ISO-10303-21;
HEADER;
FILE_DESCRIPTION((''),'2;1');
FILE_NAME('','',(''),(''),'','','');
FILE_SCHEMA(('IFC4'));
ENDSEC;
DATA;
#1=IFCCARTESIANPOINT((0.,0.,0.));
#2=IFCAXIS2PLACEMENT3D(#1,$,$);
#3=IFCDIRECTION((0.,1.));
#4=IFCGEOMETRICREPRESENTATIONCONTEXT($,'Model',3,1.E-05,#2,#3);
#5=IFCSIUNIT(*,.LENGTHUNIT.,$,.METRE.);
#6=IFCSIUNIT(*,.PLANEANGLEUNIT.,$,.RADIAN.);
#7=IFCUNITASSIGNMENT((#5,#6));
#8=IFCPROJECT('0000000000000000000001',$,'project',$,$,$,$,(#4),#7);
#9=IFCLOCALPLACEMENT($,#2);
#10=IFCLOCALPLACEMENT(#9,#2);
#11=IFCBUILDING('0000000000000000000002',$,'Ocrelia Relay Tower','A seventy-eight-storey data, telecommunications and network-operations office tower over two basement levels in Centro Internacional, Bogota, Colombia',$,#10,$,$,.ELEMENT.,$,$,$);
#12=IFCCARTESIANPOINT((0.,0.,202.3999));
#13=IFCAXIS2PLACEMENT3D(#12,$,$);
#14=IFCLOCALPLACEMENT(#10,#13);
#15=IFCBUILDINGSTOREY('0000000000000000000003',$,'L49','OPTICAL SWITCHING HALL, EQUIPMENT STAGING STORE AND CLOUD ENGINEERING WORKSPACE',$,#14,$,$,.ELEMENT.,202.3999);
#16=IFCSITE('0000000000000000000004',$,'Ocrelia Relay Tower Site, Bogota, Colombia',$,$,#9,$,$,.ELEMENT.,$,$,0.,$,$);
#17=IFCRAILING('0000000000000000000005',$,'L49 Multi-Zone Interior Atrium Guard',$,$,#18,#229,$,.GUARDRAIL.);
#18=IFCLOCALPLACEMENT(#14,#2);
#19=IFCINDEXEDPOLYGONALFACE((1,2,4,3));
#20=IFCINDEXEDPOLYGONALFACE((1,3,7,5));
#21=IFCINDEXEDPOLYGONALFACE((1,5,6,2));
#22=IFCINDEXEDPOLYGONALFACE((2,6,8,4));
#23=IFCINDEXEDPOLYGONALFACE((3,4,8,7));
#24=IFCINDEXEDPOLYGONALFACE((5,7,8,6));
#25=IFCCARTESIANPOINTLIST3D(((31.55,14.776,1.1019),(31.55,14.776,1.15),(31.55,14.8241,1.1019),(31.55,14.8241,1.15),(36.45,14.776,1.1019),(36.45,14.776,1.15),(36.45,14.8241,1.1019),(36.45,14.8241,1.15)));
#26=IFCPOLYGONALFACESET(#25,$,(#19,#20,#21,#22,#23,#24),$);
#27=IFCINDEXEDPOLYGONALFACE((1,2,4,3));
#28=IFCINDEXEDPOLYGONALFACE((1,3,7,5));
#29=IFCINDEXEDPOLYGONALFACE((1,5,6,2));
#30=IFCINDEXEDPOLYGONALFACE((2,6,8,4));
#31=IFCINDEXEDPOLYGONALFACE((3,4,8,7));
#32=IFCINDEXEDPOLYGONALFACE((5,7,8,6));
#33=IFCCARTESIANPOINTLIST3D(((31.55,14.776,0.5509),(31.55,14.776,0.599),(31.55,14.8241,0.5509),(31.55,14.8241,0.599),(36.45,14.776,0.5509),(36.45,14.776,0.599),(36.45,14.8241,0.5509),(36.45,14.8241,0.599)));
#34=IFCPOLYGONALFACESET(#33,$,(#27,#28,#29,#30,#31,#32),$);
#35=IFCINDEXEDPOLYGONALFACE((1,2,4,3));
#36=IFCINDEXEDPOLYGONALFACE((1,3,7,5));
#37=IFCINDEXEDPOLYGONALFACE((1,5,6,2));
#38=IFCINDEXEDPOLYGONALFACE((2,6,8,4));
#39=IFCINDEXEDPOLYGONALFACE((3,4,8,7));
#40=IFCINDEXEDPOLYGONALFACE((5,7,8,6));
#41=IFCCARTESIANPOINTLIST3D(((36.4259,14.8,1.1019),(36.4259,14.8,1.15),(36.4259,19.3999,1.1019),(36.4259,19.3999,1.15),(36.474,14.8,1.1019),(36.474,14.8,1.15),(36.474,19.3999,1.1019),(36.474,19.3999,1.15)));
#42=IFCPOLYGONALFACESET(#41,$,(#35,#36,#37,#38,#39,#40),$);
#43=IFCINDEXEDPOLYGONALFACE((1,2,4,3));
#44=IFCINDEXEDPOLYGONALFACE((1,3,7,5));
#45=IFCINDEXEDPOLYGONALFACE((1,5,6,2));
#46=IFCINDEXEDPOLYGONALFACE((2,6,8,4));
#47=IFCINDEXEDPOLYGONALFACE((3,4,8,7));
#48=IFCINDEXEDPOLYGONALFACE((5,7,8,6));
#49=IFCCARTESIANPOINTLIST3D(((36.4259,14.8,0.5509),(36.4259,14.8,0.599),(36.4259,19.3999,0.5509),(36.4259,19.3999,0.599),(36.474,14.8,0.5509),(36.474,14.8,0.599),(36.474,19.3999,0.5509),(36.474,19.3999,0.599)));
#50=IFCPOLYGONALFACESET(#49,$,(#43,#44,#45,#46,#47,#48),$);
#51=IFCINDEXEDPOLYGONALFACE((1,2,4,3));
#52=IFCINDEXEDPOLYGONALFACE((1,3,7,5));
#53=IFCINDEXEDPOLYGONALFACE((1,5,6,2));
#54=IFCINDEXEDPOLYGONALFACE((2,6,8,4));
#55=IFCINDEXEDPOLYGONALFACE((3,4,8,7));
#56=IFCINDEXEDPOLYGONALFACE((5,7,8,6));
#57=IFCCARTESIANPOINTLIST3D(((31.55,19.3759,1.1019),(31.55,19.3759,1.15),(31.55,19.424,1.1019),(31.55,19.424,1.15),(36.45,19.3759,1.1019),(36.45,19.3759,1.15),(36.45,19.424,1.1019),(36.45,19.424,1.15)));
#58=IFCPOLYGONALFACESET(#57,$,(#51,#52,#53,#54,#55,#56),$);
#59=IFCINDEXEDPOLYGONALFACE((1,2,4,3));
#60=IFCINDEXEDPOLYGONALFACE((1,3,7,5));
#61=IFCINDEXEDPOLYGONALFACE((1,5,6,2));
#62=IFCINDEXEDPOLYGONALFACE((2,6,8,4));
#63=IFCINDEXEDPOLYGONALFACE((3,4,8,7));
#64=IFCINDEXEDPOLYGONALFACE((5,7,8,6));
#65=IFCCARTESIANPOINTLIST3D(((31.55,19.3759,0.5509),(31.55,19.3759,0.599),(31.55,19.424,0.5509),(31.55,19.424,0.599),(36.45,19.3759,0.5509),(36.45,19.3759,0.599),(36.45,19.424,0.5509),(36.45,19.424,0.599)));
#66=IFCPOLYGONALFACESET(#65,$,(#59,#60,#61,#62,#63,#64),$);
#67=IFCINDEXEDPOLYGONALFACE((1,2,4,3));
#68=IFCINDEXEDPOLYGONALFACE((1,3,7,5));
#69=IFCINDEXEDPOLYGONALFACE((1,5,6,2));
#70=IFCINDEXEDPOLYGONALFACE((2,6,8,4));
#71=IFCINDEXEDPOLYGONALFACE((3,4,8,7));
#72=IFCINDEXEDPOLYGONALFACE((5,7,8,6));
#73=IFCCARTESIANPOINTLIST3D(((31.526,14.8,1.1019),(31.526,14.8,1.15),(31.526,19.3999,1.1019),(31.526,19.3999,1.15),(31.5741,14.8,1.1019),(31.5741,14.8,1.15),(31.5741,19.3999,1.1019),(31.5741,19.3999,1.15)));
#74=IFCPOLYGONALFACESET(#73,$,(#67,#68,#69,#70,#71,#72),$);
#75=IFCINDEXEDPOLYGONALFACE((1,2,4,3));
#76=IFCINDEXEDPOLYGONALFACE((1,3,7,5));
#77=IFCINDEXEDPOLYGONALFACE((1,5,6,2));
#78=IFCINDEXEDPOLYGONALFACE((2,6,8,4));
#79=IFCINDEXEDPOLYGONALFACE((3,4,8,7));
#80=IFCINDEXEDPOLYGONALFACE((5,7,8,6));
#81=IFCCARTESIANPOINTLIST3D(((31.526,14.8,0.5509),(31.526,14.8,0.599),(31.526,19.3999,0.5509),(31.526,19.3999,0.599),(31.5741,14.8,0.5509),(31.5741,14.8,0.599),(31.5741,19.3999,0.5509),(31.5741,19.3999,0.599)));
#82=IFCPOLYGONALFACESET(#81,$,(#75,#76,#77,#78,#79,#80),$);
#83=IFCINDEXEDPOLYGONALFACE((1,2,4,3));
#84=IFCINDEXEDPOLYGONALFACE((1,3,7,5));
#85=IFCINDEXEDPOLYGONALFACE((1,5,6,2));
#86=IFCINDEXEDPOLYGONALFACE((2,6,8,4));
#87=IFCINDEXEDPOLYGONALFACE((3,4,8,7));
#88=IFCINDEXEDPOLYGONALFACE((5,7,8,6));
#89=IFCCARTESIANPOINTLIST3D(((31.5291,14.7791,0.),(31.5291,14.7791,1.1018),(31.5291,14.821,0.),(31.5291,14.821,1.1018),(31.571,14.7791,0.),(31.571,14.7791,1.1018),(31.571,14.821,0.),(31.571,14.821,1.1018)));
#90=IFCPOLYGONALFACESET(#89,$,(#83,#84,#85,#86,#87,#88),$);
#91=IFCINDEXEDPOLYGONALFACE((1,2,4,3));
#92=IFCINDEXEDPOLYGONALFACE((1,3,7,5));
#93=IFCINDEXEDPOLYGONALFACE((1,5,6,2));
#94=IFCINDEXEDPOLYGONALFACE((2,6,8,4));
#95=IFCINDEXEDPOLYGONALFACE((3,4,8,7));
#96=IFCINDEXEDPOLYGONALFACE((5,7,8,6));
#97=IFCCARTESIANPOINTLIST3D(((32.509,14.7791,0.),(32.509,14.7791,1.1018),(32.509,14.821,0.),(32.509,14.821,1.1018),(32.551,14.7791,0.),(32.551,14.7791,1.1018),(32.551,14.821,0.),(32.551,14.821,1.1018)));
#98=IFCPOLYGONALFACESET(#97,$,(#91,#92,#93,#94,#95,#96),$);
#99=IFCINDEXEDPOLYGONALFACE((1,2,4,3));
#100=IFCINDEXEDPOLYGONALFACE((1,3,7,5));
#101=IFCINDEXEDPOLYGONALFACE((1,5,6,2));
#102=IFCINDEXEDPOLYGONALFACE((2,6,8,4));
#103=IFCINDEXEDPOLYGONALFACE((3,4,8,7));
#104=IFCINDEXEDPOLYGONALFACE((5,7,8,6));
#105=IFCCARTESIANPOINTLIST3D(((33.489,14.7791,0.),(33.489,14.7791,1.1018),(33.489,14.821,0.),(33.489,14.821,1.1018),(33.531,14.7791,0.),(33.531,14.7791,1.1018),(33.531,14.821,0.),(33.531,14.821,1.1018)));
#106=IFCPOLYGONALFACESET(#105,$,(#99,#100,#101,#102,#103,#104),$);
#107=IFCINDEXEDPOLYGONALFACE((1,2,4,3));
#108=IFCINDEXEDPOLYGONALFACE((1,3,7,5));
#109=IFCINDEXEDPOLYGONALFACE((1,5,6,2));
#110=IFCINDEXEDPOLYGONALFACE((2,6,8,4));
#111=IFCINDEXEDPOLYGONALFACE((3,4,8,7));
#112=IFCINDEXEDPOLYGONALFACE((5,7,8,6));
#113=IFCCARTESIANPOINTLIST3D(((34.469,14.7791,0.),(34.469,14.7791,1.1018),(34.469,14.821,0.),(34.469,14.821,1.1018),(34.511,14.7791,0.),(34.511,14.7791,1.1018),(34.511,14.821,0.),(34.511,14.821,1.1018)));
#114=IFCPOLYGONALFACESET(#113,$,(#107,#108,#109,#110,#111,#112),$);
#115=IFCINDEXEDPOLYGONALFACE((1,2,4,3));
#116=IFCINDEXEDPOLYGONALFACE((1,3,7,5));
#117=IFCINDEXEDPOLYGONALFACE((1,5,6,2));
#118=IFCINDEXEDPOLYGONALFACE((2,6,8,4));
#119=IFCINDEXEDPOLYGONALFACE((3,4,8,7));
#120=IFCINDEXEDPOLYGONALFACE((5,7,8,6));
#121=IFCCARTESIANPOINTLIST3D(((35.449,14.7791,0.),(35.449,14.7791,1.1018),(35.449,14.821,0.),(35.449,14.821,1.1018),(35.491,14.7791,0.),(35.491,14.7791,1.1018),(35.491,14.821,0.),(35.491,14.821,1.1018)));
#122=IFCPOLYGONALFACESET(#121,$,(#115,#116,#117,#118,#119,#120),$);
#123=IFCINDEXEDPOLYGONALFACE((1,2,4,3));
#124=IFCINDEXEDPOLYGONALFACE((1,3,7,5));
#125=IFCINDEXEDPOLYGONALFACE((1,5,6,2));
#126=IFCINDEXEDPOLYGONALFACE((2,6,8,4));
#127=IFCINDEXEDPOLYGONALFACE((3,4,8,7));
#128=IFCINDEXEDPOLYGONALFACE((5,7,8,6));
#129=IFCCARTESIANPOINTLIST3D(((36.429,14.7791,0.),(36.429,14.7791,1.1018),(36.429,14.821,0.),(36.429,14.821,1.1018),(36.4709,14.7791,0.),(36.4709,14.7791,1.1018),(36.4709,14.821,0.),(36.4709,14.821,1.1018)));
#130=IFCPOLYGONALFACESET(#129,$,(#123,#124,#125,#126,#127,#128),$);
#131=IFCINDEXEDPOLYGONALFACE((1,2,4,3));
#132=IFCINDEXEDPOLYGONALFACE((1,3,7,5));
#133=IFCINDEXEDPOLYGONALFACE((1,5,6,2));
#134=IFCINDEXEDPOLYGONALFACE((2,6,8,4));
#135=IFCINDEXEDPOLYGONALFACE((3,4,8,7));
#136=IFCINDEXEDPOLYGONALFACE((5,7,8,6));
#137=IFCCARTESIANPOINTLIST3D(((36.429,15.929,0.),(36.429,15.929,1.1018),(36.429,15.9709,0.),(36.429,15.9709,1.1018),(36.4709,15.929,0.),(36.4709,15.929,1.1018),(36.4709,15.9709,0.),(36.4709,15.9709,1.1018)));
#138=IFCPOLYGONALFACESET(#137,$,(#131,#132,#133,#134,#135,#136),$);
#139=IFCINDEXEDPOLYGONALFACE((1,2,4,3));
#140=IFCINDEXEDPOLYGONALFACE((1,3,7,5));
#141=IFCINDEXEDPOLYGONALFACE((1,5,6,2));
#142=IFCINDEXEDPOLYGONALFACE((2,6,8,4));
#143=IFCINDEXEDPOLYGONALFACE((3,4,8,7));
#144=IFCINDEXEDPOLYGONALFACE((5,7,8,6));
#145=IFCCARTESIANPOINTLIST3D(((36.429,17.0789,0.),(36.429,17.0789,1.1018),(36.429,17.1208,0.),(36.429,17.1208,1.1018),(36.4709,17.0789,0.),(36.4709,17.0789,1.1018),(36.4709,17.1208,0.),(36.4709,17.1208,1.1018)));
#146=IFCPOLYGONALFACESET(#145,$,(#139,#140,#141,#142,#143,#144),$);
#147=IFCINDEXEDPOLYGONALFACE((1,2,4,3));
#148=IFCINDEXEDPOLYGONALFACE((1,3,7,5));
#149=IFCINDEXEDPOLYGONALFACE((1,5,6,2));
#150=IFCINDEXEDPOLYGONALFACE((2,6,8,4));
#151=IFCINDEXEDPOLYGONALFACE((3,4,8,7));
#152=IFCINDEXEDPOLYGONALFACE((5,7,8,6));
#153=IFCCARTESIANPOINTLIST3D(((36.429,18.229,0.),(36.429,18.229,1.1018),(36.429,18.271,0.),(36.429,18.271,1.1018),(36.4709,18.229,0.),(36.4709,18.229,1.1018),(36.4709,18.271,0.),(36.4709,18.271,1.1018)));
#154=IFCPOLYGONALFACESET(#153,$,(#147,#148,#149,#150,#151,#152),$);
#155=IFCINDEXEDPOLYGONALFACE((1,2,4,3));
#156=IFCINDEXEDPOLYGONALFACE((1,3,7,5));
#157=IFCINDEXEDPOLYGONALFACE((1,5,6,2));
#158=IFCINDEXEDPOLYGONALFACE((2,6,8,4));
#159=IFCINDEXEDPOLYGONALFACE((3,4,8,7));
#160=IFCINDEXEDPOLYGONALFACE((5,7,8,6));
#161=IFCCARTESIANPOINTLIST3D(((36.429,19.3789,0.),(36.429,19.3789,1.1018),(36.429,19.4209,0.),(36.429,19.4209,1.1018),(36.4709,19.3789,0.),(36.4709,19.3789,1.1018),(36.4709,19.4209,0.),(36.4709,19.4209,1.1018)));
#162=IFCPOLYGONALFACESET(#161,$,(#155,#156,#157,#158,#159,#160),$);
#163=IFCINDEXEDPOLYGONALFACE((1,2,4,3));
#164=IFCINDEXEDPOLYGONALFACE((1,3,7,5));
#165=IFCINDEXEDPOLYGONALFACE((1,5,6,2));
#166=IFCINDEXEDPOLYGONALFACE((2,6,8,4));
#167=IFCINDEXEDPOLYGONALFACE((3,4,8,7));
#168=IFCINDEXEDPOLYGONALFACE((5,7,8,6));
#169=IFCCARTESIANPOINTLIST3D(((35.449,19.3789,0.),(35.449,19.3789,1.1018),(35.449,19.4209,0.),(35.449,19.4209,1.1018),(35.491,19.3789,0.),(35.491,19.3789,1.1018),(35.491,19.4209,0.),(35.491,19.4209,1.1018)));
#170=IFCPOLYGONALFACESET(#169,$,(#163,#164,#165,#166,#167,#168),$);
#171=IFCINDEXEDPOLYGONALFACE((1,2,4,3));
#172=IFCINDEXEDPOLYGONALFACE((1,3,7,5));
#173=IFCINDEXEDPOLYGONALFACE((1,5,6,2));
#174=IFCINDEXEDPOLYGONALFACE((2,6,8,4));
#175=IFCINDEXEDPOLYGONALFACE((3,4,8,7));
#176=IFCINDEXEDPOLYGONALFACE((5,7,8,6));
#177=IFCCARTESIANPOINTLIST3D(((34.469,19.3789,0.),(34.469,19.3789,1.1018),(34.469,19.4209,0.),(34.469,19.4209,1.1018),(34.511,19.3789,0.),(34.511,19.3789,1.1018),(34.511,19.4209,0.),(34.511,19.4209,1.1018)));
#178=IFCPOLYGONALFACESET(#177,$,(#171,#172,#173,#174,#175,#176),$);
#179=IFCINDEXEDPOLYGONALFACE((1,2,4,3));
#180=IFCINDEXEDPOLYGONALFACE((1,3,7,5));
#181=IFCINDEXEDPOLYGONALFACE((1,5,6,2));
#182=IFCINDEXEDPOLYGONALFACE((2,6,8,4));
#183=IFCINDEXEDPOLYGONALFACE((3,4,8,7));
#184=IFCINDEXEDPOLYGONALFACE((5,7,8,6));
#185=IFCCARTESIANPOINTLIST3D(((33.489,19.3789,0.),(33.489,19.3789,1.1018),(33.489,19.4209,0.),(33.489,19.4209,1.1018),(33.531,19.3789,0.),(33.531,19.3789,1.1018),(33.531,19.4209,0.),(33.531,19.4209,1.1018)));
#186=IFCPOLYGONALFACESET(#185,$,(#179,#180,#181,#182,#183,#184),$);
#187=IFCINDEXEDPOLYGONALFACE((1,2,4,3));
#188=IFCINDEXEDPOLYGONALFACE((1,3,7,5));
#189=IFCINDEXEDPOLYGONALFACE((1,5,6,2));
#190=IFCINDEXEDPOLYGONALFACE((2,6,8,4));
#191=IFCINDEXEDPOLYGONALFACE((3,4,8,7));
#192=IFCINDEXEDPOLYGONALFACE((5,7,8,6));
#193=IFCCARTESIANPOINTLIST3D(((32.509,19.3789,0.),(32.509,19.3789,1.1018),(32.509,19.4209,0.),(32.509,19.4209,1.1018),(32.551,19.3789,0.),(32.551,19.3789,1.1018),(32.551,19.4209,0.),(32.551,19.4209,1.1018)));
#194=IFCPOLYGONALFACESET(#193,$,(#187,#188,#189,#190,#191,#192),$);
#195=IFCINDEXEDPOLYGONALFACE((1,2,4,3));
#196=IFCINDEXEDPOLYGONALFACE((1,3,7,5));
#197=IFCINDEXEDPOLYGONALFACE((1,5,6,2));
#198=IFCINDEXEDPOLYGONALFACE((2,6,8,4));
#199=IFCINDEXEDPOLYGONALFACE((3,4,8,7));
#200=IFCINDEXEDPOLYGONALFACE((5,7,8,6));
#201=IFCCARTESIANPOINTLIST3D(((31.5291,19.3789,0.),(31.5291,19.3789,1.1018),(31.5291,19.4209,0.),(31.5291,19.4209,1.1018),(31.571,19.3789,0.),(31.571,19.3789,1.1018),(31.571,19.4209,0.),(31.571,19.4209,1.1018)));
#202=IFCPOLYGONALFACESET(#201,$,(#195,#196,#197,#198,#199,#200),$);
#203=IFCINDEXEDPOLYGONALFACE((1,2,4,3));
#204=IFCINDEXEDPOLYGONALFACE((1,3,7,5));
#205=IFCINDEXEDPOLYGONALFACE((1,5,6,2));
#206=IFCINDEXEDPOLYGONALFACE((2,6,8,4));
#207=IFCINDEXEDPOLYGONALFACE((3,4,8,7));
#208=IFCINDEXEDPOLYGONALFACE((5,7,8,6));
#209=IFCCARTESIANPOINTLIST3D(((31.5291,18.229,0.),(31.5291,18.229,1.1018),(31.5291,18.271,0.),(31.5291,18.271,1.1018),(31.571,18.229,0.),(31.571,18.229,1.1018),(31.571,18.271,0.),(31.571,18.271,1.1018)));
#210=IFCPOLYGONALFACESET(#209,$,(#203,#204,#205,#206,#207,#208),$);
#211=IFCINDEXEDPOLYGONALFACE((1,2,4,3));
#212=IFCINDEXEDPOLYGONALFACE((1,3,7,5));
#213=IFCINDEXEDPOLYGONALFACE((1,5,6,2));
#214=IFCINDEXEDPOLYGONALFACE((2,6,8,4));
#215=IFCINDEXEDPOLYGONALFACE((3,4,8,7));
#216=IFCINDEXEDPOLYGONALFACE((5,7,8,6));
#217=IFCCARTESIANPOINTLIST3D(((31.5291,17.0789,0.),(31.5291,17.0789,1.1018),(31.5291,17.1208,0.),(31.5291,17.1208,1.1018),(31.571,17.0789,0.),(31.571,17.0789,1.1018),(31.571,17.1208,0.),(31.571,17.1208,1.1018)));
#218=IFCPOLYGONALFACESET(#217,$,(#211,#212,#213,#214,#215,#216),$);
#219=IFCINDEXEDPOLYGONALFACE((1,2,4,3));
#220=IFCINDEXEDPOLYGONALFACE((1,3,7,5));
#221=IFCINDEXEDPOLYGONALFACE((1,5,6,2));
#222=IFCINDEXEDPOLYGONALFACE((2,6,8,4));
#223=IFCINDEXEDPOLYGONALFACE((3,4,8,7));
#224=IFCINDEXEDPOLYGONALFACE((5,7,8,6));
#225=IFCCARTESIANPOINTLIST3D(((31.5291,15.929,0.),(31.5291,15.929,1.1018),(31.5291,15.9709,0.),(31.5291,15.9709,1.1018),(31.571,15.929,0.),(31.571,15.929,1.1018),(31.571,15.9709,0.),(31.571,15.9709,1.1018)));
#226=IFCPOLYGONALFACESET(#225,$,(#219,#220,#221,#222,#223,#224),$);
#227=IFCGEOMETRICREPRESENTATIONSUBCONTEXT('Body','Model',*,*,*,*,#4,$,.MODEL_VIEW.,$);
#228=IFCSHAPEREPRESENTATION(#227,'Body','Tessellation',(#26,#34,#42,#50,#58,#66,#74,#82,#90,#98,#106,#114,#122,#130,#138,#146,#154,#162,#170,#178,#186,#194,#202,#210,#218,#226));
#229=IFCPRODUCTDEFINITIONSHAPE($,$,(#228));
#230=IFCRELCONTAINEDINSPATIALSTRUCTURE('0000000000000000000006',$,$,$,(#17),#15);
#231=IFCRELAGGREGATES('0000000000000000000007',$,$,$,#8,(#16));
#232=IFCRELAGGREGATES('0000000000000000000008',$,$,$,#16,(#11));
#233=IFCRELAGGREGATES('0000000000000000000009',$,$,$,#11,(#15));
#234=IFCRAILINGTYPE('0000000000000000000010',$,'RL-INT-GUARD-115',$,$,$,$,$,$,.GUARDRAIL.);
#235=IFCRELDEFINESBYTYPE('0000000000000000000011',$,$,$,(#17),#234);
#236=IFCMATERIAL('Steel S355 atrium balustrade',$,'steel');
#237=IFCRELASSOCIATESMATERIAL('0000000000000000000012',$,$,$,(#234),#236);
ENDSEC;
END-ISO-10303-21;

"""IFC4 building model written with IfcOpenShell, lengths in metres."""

from ifc_helpers import new_model, si_unit, direction, frame, origin, origin_2d, place, context, subcontext, project, spatial, rectangle, extrude, material, type_object, element, save


model = new_model("IFC4")

# Units and contexts
model_context = context("Model", 3, precision=1e-05, world=origin(), true_north=direction((0.0, 1.0)))
body_context = subcontext(model_context, "Body", "Model", "MODEL_VIEW")
ifc_project = project(units=[si_unit("LENGTHUNIT", "METRE"), si_unit("PLANEANGLEUNIT", "RADIAN")], contexts=[model_context])

# Site, building, storey
site_placement = place(None, origin())
site = spatial("IfcSite", under=ifc_project, at=site_placement, Name="Ocrelia Relay Tower Site, Bogota, Colombia", CompositionType="ELEMENT", RefElevation=0.0)
building_placement = place(site_placement, origin())
building = spatial("IfcBuilding", under=site, at=building_placement, Name="Ocrelia Relay Tower", Description="A seventy-eight-storey data, telecommunications and network-operations office tower over two basement levels in Centro Internacional, Bogota, Colombia", CompositionType="ELEMENT")
storey_placement = place(building_placement, frame((0.0, 0.0, 202.3999)))
storey = spatial("IfcBuildingStorey", under=building, at=storey_placement, Name="L49", Description="OPTICAL SWITCHING HALL, EQUIPMENT STAGING STORE AND CLOUD ENGINEERING WORKSPACE", CompositionType="ELEMENT", Elevation=202.3999)

# Railing
ifc_material_1 = material(Name="Steel S355 atrium balustrade", Category="steel")
railing_type_1 = type_object("IfcRailingType", Name="RL-INT-GUARD-115", PredefinedType="GUARDRAIL", material=ifc_material_1)
railing_1_placement = place(storey_placement, frame((31.55, 14.8, 0.0)))
element("IfcRailing", 1, at=railing_1_placement, inside=storey, type_object=railing_type_1, Name="L49 Multi-Zone Interior Atrium Guard", PredefinedType="GUARDRAIL", context=body_context, shape_type="SweptSolid", body=[
    extrude(rectangle(XDim=0.0481, YDim=0.0481, at=origin_2d()), frame((0.0, 0.0, 1.126), z_axis=(1.0, 0.0, 0.0), x_axis=(0.0, 1.0, 0.0)), (0.0, 0.0, 1.0), 4.8999),
    extrude(rectangle(XDim=0.0481, YDim=0.0481, at=origin_2d()), frame((0.0, 0.0, 0.575), z_axis=(1.0, 0.0, 0.0), x_axis=(0.0, 1.0, 0.0)), (0.0, 0.0, 1.0), 4.8999),
    extrude(rectangle(XDim=0.0481, YDim=0.0481, at=origin_2d()), frame((4.8999, 0.0, 1.126), z_axis=(0.0, 1.0, 0.0), x_axis=(-1.0, 0.0, 0.0)), (0.0, 0.0, 1.0), 4.5999),
    extrude(rectangle(XDim=0.0481, YDim=0.0481, at=origin_2d()), frame((4.8999, 0.0, 0.575), z_axis=(0.0, 1.0, 0.0), x_axis=(-1.0, 0.0, 0.0)), (0.0, 0.0, 1.0), 4.5999),
    extrude(rectangle(XDim=0.0481, YDim=0.0481, at=origin_2d()), frame((4.8999, 4.5999, 1.126), z_axis=(-1.0, 0.0, 0.0), x_axis=(0.0, -1.0, 0.0)), (0.0, 0.0, 1.0), 4.8999),
    extrude(rectangle(XDim=0.0481, YDim=0.0481, at=origin_2d()), frame((4.8999, 4.5999, 0.575), z_axis=(-1.0, 0.0, 0.0), x_axis=(0.0, -1.0, 0.0)), (0.0, 0.0, 1.0), 4.8999),
    extrude(rectangle(XDim=0.0481, YDim=0.0481, at=origin_2d()), frame((0.0, 4.5999, 1.126), z_axis=(0.0, -1.0, 0.0), x_axis=(1.0, 0.0, 0.0)), (0.0, 0.0, 1.0), 4.5999),
    extrude(rectangle(XDim=0.0481, YDim=0.0481, at=origin_2d()), frame((0.0, 4.5999, 0.575), z_axis=(0.0, -1.0, 0.0), x_axis=(1.0, 0.0, 0.0)), (0.0, 0.0, 1.0), 4.5999),
    extrude(rectangle(XDim=0.042, YDim=0.042, at=origin_2d()), origin(), (0.0, 0.0, 1.0), 1.1018),
    extrude(rectangle(XDim=0.042, YDim=0.042, at=origin_2d()), frame((0.98, 0.0, 0.0)), (0.0, 0.0, 1.0), 1.1018),
    extrude(rectangle(XDim=0.042, YDim=0.042, at=origin_2d()), frame((1.96, 0.0, 0.0)), (0.0, 0.0, 1.0), 1.1018),
    extrude(rectangle(XDim=0.042, YDim=0.042, at=origin_2d()), frame((2.9399, 0.0, 0.0)), (0.0, 0.0, 1.0), 1.1018),
    extrude(rectangle(XDim=0.042, YDim=0.042, at=origin_2d()), frame((3.9199, 0.0, 0.0)), (0.0, 0.0, 1.0), 1.1018),
    extrude(rectangle(XDim=0.042, YDim=0.042, at=origin_2d()), frame((4.8999, 0.0, 0.0)), (0.0, 0.0, 1.0), 1.1018),
    extrude(rectangle(XDim=0.042, YDim=0.042, at=origin_2d()), frame((4.8999, 1.1499, 0.0)), (0.0, 0.0, 1.0), 1.1018),
    extrude(rectangle(XDim=0.042, YDim=0.042, at=origin_2d()), frame((4.8999, 2.2998, 0.0)), (0.0, 0.0, 1.0), 1.1018),
    extrude(rectangle(XDim=0.042, YDim=0.042, at=origin_2d()), frame((4.8999, 3.45, 0.0)), (0.0, 0.0, 1.0), 1.1018),
    extrude(rectangle(XDim=0.042, YDim=0.042, at=origin_2d()), frame((4.8999, 4.5999, 0.0)), (0.0, 0.0, 1.0), 1.1018),
    extrude(rectangle(XDim=0.042, YDim=0.042, at=origin_2d()), frame((3.9199, 4.5999, 0.0)), (0.0, 0.0, 1.0), 1.1018),
    extrude(rectangle(XDim=0.042, YDim=0.042, at=origin_2d()), frame((2.9399, 4.5999, 0.0)), (0.0, 0.0, 1.0), 1.1018),
    extrude(rectangle(XDim=0.042, YDim=0.042, at=origin_2d()), frame((1.96, 4.5999, 0.0)), (0.0, 0.0, 1.0), 1.1018),
    extrude(rectangle(XDim=0.042, YDim=0.042, at=origin_2d()), frame((0.98, 4.5999, 0.0)), (0.0, 0.0, 1.0), 1.1018),
    extrude(rectangle(XDim=0.042, YDim=0.042, at=origin_2d()), frame((0.0, 4.5999, 0.0)), (0.0, 0.0, 1.0), 1.1018),
    extrude(rectangle(XDim=0.042, YDim=0.042, at=origin_2d()), frame((0.0, 3.45, 0.0)), (0.0, 0.0, 1.0), 1.1018),
    extrude(rectangle(XDim=0.042, YDim=0.042, at=origin_2d()), frame((0.0, 2.2998, 0.0)), (0.0, 0.0, 1.0), 1.1018),
    extrude(rectangle(XDim=0.042, YDim=0.042, at=origin_2d()), frame((0.0, 1.1499, 0.0)), (0.0, 0.0, 1.0), 1.1018),
])

save(model, "model.ifc")
